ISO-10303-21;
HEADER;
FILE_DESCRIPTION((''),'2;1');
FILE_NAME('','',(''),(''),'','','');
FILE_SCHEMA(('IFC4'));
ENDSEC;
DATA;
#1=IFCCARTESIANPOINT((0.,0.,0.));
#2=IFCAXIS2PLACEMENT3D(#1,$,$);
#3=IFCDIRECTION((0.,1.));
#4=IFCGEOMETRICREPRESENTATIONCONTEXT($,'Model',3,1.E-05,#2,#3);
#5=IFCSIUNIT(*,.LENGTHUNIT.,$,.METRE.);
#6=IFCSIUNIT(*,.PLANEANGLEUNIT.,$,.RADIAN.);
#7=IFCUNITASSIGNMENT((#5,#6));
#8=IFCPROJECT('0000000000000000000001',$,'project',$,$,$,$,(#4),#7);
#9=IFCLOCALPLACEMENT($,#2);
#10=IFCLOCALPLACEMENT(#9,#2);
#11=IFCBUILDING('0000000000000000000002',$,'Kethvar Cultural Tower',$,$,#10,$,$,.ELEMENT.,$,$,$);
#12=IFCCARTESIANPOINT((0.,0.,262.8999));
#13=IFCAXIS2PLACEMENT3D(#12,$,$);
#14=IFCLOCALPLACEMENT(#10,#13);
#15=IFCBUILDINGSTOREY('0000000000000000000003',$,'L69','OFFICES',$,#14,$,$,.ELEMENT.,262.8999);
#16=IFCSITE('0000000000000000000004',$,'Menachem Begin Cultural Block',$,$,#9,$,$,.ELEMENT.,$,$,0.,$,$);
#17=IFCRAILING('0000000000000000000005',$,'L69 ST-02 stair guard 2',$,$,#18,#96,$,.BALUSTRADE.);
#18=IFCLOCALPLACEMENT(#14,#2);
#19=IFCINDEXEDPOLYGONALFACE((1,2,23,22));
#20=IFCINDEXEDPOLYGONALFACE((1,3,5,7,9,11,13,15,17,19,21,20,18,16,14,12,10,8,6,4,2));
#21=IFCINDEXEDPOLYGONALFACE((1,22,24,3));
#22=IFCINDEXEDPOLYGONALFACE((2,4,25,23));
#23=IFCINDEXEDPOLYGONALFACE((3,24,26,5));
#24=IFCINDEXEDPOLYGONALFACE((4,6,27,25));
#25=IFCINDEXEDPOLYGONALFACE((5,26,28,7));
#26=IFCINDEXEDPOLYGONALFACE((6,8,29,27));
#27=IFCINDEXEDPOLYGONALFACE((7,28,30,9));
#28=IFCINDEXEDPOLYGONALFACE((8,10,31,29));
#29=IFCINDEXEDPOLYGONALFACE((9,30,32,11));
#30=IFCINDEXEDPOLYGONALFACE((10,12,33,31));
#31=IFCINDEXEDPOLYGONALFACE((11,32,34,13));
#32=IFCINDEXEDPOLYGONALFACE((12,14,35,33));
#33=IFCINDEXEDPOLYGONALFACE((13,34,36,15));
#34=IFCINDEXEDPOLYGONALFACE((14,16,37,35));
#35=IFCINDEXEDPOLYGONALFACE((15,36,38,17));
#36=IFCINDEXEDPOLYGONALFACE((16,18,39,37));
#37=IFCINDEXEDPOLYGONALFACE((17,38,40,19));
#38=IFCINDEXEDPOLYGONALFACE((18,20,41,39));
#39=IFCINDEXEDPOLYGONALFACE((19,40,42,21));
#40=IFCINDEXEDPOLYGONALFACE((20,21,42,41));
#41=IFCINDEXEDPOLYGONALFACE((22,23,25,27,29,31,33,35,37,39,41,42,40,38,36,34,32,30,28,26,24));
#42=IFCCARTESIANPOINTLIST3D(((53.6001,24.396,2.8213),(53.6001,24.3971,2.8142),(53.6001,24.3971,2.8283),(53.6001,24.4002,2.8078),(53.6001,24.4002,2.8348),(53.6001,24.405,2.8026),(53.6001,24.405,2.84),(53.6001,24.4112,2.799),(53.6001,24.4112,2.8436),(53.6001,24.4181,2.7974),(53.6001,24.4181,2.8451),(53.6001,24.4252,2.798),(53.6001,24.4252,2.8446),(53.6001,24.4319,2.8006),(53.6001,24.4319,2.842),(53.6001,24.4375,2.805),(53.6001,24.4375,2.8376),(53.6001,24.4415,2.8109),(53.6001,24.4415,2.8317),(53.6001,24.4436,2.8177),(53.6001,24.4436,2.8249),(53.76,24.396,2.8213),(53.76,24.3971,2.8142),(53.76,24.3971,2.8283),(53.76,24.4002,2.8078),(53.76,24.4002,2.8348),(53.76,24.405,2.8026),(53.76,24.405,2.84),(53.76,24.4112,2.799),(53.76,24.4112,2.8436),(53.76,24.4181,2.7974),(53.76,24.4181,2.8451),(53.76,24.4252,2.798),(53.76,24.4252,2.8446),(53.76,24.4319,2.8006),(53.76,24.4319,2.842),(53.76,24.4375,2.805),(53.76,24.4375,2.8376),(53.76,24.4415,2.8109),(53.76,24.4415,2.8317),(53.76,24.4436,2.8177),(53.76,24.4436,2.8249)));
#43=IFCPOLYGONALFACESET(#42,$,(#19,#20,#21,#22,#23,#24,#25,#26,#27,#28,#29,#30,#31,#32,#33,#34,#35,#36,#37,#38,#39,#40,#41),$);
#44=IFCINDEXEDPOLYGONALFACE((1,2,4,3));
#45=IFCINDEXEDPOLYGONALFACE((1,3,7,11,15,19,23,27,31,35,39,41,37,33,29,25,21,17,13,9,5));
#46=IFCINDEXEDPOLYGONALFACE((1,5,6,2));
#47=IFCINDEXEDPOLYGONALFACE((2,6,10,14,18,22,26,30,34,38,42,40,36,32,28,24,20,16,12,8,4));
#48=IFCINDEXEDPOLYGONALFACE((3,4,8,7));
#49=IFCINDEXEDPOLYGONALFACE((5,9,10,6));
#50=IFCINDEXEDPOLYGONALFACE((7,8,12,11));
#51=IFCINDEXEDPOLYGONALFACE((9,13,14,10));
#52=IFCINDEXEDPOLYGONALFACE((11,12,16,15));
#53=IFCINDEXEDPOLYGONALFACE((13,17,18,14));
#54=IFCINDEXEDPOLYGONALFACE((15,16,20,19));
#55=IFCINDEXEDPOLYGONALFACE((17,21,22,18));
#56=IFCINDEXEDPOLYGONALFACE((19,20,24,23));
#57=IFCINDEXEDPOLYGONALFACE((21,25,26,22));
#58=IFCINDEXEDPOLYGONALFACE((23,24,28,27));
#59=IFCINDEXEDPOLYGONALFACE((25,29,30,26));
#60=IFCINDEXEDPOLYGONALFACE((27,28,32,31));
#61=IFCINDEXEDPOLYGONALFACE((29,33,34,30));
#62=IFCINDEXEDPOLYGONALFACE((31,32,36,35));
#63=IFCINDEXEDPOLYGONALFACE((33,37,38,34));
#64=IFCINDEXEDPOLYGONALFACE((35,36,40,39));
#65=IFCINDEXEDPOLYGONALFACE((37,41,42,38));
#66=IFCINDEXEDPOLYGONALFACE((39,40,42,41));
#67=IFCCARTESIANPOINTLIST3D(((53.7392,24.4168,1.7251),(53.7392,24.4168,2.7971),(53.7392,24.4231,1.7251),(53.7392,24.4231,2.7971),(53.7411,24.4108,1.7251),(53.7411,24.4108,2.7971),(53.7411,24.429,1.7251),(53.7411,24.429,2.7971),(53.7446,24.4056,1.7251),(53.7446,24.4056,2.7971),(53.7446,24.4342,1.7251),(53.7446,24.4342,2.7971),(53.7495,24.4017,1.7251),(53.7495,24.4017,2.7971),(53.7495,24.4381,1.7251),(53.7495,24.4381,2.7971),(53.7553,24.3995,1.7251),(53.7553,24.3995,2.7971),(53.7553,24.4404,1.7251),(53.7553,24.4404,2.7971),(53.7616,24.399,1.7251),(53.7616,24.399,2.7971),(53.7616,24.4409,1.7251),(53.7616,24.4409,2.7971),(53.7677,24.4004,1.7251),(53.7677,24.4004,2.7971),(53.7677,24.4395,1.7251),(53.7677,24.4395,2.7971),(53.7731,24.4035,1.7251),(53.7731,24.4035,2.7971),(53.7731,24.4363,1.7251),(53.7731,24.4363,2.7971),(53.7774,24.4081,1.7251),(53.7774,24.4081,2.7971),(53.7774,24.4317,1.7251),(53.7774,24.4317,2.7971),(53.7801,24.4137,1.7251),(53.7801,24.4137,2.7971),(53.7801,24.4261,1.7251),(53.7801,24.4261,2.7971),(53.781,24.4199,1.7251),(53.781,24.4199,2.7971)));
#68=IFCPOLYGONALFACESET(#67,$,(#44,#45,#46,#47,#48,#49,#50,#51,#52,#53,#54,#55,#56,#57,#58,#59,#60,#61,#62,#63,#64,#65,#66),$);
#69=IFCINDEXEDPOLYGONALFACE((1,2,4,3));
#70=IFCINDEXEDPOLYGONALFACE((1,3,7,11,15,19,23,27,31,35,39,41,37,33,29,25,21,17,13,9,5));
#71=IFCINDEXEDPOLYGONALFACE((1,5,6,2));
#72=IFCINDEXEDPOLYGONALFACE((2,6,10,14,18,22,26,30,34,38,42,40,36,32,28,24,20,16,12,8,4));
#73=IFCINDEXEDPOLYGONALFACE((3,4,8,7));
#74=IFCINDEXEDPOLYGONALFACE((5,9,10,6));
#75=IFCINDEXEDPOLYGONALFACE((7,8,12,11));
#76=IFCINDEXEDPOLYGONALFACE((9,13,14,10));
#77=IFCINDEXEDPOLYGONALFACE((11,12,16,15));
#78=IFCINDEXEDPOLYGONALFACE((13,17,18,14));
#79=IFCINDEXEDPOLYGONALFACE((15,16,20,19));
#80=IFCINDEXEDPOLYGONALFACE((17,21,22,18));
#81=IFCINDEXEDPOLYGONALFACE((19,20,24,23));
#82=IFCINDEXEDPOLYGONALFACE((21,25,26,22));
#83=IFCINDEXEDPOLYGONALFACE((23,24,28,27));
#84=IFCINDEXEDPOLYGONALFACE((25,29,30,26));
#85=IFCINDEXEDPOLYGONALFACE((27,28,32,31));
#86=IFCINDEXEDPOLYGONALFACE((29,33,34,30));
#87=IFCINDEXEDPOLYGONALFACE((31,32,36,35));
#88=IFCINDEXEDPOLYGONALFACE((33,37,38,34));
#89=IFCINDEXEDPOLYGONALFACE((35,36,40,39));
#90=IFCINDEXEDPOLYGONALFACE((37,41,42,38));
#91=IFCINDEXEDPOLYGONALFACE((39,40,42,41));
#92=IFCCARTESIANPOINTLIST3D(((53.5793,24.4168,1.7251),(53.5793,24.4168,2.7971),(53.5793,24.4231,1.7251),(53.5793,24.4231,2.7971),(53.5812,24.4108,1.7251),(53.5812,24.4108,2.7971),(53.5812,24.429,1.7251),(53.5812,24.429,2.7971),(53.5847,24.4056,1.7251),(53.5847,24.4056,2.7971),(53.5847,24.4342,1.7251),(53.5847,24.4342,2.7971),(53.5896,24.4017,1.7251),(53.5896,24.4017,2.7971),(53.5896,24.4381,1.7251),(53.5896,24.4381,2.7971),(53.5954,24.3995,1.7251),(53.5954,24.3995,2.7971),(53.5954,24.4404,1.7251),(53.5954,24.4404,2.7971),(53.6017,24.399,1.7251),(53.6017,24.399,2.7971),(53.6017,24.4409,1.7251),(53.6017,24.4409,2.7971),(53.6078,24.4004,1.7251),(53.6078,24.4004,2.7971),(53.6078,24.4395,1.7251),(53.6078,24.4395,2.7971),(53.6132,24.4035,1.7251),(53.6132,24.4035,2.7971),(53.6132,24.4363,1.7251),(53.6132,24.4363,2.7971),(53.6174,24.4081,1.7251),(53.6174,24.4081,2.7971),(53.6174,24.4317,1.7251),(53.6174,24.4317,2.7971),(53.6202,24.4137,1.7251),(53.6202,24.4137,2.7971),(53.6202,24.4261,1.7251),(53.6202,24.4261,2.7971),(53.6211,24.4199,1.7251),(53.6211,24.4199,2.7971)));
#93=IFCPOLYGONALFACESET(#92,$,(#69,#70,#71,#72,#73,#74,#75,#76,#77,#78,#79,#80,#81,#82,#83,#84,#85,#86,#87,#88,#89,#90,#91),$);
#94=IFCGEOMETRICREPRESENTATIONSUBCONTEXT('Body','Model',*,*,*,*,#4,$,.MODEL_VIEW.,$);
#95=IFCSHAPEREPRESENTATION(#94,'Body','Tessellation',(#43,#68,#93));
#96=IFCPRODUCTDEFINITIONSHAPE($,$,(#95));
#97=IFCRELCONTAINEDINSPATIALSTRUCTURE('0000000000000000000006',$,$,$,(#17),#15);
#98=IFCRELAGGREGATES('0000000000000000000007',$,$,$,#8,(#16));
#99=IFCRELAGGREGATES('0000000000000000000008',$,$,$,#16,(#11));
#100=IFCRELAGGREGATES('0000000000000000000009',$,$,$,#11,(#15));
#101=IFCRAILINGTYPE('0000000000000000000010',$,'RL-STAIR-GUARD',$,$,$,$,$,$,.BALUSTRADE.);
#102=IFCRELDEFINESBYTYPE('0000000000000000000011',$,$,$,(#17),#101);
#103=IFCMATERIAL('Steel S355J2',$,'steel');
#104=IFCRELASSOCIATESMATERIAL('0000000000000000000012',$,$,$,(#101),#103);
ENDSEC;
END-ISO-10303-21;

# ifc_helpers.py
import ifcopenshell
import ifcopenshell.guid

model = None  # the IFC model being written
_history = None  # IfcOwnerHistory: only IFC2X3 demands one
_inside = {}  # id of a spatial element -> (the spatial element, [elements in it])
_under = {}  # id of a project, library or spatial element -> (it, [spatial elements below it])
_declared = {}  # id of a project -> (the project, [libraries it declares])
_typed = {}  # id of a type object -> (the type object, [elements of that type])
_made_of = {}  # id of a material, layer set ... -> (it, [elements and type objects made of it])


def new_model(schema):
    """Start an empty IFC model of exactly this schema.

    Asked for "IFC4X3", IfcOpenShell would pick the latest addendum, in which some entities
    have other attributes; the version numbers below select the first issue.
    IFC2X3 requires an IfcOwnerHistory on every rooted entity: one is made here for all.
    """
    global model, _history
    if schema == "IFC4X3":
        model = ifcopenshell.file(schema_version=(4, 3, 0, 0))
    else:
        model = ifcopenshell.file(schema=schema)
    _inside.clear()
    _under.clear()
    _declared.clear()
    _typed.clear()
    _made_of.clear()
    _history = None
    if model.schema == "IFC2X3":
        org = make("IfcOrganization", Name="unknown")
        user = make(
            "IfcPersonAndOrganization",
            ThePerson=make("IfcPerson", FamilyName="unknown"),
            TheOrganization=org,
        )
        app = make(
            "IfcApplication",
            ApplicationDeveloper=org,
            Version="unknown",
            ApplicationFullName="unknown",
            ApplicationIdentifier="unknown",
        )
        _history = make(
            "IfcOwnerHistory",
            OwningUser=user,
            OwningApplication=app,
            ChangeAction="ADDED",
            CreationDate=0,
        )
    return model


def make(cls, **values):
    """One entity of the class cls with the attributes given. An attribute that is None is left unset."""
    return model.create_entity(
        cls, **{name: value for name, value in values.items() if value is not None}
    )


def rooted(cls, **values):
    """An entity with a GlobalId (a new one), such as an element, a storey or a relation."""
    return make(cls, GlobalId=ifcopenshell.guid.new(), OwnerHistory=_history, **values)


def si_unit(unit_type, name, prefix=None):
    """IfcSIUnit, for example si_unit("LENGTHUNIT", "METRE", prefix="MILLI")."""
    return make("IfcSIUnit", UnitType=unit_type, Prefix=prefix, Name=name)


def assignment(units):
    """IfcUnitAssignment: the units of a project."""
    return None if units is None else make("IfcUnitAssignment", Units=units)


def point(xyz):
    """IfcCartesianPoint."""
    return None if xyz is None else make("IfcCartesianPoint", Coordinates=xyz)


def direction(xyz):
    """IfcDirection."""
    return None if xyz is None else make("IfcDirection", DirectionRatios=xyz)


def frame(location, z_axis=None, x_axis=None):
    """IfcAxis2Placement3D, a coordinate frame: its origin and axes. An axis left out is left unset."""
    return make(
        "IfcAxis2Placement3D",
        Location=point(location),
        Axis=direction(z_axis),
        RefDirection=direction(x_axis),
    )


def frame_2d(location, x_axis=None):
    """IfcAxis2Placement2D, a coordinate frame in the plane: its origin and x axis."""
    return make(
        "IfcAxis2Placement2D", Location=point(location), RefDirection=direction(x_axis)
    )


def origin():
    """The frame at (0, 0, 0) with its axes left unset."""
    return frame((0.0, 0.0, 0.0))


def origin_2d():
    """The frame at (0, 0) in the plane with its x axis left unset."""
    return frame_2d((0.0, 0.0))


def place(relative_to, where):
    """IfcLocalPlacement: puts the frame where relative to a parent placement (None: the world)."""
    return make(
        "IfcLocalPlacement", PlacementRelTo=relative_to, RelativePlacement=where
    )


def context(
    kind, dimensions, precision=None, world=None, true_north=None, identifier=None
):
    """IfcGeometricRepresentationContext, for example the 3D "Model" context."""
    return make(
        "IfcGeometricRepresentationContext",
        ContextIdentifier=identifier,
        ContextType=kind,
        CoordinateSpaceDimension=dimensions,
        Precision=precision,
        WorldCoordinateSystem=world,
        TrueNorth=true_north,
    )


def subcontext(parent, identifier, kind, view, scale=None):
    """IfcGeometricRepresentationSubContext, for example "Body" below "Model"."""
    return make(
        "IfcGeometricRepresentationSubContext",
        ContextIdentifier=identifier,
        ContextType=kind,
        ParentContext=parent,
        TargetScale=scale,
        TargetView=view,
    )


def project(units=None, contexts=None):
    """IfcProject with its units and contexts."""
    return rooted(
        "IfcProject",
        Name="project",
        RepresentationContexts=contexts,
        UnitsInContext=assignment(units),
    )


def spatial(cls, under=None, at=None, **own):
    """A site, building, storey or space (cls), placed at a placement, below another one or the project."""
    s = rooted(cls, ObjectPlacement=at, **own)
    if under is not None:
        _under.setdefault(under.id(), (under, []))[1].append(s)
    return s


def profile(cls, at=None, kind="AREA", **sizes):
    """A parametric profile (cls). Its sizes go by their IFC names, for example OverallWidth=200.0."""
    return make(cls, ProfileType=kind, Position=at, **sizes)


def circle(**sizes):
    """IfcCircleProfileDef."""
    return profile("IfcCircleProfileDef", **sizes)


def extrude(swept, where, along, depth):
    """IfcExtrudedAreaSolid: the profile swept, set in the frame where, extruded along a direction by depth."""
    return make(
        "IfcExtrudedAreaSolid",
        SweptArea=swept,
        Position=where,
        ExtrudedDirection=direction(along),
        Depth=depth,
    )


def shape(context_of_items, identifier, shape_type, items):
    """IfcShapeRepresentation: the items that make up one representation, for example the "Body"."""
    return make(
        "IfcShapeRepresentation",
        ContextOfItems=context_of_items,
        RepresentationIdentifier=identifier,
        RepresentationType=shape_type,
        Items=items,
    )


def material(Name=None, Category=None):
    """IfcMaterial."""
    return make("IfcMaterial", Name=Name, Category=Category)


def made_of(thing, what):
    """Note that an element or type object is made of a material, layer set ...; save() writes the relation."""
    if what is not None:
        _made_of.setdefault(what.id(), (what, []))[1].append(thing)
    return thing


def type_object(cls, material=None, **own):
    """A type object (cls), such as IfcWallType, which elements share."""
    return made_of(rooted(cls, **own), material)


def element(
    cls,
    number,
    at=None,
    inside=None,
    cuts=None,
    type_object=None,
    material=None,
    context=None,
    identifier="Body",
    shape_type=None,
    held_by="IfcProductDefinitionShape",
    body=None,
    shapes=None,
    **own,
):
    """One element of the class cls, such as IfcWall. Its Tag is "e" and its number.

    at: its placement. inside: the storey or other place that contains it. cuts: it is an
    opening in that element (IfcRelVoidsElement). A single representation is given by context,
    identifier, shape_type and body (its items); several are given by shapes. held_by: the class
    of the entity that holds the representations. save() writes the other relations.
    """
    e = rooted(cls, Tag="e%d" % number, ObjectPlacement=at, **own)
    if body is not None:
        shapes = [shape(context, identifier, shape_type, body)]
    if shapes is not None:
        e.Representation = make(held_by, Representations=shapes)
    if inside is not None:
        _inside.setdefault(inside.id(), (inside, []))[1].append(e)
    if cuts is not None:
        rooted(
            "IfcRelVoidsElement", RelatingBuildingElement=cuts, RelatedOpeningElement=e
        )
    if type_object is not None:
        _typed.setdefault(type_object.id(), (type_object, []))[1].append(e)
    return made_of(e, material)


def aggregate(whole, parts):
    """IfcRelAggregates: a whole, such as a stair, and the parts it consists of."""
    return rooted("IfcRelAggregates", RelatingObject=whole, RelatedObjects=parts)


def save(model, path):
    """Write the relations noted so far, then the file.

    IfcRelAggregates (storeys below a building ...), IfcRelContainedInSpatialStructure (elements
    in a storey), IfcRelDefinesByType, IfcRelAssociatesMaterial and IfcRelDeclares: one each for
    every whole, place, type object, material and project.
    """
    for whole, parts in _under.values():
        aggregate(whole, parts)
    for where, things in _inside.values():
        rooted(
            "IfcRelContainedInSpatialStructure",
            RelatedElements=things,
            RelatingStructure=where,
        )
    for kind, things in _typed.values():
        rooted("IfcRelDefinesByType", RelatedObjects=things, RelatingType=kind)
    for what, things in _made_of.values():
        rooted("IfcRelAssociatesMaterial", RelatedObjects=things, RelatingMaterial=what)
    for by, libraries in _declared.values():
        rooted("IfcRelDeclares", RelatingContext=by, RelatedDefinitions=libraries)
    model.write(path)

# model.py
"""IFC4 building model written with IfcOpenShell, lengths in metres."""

from ifc_helpers import new_model, si_unit, direction, frame, origin, origin_2d, place, context, subcontext, project, spatial, circle, extrude, material, type_object, element, save


model = new_model("IFC4")

# Units and contexts
model_context = context("Model", 3, precision=1e-05, world=origin(), true_north=direction((0.0, 1.0)))
body_context = subcontext(model_context, "Body", "Model", "MODEL_VIEW")
ifc_project = project(units=[si_unit("LENGTHUNIT", "METRE"), si_unit("PLANEANGLEUNIT", "RADIAN")], contexts=[model_context])

# Site, building, storey
site_placement = place(None, origin())
site = spatial("IfcSite", under=ifc_project, at=site_placement, Name="Menachem Begin Cultural Block", CompositionType="ELEMENT", RefElevation=0.0)
building_placement = place(site_placement, origin())
building = spatial("IfcBuilding", under=site, at=building_placement, Name="Kethvar Cultural Tower", CompositionType="ELEMENT")
storey_placement = place(building_placement, frame((0.0, 0.0, 262.8999)))
storey = spatial("IfcBuildingStorey", under=building, at=storey_placement, Name="L69", Description="OFFICES", CompositionType="ELEMENT", Elevation=262.8999)

# Shared definitions
ifc_material_1 = material(Name="Steel S355J2", Category="steel")

# Railing
railing_type_1 = type_object("IfcRailingType", Name="RL-STAIR-GUARD", PredefinedType="BALUSTRADE", material=ifc_material_1)
railing_1_placement = place(storey_placement, frame((53.76, 24.4199, 1.7251)))
element("IfcRailing", 1, at=railing_1_placement, inside=storey, type_object=railing_type_1, Name="L69 ST-02 stair guard 2", PredefinedType="BALUSTRADE", context=body_context, shape_type="SweptSolid", body=[
    extrude(circle(Radius=0.0239, at=origin_2d()), frame((0.0, 0.0, 1.0962), z_axis=(-1.0, 0.0, 0.0), x_axis=(0.0, -1.0, 0.0)), (0.0, 0.0, 1.0), 0.1599),
    extrude(circle(Radius=0.021, at=origin_2d()), origin(), (0.0, 0.0, 1.0), 1.072),
    extrude(circle(Radius=0.021, at=origin_2d()), frame((-0.1599, 0.0, 0.0)), (0.0, 0.0, 1.0), 1.072),
])

save(model, "model.ifc")
